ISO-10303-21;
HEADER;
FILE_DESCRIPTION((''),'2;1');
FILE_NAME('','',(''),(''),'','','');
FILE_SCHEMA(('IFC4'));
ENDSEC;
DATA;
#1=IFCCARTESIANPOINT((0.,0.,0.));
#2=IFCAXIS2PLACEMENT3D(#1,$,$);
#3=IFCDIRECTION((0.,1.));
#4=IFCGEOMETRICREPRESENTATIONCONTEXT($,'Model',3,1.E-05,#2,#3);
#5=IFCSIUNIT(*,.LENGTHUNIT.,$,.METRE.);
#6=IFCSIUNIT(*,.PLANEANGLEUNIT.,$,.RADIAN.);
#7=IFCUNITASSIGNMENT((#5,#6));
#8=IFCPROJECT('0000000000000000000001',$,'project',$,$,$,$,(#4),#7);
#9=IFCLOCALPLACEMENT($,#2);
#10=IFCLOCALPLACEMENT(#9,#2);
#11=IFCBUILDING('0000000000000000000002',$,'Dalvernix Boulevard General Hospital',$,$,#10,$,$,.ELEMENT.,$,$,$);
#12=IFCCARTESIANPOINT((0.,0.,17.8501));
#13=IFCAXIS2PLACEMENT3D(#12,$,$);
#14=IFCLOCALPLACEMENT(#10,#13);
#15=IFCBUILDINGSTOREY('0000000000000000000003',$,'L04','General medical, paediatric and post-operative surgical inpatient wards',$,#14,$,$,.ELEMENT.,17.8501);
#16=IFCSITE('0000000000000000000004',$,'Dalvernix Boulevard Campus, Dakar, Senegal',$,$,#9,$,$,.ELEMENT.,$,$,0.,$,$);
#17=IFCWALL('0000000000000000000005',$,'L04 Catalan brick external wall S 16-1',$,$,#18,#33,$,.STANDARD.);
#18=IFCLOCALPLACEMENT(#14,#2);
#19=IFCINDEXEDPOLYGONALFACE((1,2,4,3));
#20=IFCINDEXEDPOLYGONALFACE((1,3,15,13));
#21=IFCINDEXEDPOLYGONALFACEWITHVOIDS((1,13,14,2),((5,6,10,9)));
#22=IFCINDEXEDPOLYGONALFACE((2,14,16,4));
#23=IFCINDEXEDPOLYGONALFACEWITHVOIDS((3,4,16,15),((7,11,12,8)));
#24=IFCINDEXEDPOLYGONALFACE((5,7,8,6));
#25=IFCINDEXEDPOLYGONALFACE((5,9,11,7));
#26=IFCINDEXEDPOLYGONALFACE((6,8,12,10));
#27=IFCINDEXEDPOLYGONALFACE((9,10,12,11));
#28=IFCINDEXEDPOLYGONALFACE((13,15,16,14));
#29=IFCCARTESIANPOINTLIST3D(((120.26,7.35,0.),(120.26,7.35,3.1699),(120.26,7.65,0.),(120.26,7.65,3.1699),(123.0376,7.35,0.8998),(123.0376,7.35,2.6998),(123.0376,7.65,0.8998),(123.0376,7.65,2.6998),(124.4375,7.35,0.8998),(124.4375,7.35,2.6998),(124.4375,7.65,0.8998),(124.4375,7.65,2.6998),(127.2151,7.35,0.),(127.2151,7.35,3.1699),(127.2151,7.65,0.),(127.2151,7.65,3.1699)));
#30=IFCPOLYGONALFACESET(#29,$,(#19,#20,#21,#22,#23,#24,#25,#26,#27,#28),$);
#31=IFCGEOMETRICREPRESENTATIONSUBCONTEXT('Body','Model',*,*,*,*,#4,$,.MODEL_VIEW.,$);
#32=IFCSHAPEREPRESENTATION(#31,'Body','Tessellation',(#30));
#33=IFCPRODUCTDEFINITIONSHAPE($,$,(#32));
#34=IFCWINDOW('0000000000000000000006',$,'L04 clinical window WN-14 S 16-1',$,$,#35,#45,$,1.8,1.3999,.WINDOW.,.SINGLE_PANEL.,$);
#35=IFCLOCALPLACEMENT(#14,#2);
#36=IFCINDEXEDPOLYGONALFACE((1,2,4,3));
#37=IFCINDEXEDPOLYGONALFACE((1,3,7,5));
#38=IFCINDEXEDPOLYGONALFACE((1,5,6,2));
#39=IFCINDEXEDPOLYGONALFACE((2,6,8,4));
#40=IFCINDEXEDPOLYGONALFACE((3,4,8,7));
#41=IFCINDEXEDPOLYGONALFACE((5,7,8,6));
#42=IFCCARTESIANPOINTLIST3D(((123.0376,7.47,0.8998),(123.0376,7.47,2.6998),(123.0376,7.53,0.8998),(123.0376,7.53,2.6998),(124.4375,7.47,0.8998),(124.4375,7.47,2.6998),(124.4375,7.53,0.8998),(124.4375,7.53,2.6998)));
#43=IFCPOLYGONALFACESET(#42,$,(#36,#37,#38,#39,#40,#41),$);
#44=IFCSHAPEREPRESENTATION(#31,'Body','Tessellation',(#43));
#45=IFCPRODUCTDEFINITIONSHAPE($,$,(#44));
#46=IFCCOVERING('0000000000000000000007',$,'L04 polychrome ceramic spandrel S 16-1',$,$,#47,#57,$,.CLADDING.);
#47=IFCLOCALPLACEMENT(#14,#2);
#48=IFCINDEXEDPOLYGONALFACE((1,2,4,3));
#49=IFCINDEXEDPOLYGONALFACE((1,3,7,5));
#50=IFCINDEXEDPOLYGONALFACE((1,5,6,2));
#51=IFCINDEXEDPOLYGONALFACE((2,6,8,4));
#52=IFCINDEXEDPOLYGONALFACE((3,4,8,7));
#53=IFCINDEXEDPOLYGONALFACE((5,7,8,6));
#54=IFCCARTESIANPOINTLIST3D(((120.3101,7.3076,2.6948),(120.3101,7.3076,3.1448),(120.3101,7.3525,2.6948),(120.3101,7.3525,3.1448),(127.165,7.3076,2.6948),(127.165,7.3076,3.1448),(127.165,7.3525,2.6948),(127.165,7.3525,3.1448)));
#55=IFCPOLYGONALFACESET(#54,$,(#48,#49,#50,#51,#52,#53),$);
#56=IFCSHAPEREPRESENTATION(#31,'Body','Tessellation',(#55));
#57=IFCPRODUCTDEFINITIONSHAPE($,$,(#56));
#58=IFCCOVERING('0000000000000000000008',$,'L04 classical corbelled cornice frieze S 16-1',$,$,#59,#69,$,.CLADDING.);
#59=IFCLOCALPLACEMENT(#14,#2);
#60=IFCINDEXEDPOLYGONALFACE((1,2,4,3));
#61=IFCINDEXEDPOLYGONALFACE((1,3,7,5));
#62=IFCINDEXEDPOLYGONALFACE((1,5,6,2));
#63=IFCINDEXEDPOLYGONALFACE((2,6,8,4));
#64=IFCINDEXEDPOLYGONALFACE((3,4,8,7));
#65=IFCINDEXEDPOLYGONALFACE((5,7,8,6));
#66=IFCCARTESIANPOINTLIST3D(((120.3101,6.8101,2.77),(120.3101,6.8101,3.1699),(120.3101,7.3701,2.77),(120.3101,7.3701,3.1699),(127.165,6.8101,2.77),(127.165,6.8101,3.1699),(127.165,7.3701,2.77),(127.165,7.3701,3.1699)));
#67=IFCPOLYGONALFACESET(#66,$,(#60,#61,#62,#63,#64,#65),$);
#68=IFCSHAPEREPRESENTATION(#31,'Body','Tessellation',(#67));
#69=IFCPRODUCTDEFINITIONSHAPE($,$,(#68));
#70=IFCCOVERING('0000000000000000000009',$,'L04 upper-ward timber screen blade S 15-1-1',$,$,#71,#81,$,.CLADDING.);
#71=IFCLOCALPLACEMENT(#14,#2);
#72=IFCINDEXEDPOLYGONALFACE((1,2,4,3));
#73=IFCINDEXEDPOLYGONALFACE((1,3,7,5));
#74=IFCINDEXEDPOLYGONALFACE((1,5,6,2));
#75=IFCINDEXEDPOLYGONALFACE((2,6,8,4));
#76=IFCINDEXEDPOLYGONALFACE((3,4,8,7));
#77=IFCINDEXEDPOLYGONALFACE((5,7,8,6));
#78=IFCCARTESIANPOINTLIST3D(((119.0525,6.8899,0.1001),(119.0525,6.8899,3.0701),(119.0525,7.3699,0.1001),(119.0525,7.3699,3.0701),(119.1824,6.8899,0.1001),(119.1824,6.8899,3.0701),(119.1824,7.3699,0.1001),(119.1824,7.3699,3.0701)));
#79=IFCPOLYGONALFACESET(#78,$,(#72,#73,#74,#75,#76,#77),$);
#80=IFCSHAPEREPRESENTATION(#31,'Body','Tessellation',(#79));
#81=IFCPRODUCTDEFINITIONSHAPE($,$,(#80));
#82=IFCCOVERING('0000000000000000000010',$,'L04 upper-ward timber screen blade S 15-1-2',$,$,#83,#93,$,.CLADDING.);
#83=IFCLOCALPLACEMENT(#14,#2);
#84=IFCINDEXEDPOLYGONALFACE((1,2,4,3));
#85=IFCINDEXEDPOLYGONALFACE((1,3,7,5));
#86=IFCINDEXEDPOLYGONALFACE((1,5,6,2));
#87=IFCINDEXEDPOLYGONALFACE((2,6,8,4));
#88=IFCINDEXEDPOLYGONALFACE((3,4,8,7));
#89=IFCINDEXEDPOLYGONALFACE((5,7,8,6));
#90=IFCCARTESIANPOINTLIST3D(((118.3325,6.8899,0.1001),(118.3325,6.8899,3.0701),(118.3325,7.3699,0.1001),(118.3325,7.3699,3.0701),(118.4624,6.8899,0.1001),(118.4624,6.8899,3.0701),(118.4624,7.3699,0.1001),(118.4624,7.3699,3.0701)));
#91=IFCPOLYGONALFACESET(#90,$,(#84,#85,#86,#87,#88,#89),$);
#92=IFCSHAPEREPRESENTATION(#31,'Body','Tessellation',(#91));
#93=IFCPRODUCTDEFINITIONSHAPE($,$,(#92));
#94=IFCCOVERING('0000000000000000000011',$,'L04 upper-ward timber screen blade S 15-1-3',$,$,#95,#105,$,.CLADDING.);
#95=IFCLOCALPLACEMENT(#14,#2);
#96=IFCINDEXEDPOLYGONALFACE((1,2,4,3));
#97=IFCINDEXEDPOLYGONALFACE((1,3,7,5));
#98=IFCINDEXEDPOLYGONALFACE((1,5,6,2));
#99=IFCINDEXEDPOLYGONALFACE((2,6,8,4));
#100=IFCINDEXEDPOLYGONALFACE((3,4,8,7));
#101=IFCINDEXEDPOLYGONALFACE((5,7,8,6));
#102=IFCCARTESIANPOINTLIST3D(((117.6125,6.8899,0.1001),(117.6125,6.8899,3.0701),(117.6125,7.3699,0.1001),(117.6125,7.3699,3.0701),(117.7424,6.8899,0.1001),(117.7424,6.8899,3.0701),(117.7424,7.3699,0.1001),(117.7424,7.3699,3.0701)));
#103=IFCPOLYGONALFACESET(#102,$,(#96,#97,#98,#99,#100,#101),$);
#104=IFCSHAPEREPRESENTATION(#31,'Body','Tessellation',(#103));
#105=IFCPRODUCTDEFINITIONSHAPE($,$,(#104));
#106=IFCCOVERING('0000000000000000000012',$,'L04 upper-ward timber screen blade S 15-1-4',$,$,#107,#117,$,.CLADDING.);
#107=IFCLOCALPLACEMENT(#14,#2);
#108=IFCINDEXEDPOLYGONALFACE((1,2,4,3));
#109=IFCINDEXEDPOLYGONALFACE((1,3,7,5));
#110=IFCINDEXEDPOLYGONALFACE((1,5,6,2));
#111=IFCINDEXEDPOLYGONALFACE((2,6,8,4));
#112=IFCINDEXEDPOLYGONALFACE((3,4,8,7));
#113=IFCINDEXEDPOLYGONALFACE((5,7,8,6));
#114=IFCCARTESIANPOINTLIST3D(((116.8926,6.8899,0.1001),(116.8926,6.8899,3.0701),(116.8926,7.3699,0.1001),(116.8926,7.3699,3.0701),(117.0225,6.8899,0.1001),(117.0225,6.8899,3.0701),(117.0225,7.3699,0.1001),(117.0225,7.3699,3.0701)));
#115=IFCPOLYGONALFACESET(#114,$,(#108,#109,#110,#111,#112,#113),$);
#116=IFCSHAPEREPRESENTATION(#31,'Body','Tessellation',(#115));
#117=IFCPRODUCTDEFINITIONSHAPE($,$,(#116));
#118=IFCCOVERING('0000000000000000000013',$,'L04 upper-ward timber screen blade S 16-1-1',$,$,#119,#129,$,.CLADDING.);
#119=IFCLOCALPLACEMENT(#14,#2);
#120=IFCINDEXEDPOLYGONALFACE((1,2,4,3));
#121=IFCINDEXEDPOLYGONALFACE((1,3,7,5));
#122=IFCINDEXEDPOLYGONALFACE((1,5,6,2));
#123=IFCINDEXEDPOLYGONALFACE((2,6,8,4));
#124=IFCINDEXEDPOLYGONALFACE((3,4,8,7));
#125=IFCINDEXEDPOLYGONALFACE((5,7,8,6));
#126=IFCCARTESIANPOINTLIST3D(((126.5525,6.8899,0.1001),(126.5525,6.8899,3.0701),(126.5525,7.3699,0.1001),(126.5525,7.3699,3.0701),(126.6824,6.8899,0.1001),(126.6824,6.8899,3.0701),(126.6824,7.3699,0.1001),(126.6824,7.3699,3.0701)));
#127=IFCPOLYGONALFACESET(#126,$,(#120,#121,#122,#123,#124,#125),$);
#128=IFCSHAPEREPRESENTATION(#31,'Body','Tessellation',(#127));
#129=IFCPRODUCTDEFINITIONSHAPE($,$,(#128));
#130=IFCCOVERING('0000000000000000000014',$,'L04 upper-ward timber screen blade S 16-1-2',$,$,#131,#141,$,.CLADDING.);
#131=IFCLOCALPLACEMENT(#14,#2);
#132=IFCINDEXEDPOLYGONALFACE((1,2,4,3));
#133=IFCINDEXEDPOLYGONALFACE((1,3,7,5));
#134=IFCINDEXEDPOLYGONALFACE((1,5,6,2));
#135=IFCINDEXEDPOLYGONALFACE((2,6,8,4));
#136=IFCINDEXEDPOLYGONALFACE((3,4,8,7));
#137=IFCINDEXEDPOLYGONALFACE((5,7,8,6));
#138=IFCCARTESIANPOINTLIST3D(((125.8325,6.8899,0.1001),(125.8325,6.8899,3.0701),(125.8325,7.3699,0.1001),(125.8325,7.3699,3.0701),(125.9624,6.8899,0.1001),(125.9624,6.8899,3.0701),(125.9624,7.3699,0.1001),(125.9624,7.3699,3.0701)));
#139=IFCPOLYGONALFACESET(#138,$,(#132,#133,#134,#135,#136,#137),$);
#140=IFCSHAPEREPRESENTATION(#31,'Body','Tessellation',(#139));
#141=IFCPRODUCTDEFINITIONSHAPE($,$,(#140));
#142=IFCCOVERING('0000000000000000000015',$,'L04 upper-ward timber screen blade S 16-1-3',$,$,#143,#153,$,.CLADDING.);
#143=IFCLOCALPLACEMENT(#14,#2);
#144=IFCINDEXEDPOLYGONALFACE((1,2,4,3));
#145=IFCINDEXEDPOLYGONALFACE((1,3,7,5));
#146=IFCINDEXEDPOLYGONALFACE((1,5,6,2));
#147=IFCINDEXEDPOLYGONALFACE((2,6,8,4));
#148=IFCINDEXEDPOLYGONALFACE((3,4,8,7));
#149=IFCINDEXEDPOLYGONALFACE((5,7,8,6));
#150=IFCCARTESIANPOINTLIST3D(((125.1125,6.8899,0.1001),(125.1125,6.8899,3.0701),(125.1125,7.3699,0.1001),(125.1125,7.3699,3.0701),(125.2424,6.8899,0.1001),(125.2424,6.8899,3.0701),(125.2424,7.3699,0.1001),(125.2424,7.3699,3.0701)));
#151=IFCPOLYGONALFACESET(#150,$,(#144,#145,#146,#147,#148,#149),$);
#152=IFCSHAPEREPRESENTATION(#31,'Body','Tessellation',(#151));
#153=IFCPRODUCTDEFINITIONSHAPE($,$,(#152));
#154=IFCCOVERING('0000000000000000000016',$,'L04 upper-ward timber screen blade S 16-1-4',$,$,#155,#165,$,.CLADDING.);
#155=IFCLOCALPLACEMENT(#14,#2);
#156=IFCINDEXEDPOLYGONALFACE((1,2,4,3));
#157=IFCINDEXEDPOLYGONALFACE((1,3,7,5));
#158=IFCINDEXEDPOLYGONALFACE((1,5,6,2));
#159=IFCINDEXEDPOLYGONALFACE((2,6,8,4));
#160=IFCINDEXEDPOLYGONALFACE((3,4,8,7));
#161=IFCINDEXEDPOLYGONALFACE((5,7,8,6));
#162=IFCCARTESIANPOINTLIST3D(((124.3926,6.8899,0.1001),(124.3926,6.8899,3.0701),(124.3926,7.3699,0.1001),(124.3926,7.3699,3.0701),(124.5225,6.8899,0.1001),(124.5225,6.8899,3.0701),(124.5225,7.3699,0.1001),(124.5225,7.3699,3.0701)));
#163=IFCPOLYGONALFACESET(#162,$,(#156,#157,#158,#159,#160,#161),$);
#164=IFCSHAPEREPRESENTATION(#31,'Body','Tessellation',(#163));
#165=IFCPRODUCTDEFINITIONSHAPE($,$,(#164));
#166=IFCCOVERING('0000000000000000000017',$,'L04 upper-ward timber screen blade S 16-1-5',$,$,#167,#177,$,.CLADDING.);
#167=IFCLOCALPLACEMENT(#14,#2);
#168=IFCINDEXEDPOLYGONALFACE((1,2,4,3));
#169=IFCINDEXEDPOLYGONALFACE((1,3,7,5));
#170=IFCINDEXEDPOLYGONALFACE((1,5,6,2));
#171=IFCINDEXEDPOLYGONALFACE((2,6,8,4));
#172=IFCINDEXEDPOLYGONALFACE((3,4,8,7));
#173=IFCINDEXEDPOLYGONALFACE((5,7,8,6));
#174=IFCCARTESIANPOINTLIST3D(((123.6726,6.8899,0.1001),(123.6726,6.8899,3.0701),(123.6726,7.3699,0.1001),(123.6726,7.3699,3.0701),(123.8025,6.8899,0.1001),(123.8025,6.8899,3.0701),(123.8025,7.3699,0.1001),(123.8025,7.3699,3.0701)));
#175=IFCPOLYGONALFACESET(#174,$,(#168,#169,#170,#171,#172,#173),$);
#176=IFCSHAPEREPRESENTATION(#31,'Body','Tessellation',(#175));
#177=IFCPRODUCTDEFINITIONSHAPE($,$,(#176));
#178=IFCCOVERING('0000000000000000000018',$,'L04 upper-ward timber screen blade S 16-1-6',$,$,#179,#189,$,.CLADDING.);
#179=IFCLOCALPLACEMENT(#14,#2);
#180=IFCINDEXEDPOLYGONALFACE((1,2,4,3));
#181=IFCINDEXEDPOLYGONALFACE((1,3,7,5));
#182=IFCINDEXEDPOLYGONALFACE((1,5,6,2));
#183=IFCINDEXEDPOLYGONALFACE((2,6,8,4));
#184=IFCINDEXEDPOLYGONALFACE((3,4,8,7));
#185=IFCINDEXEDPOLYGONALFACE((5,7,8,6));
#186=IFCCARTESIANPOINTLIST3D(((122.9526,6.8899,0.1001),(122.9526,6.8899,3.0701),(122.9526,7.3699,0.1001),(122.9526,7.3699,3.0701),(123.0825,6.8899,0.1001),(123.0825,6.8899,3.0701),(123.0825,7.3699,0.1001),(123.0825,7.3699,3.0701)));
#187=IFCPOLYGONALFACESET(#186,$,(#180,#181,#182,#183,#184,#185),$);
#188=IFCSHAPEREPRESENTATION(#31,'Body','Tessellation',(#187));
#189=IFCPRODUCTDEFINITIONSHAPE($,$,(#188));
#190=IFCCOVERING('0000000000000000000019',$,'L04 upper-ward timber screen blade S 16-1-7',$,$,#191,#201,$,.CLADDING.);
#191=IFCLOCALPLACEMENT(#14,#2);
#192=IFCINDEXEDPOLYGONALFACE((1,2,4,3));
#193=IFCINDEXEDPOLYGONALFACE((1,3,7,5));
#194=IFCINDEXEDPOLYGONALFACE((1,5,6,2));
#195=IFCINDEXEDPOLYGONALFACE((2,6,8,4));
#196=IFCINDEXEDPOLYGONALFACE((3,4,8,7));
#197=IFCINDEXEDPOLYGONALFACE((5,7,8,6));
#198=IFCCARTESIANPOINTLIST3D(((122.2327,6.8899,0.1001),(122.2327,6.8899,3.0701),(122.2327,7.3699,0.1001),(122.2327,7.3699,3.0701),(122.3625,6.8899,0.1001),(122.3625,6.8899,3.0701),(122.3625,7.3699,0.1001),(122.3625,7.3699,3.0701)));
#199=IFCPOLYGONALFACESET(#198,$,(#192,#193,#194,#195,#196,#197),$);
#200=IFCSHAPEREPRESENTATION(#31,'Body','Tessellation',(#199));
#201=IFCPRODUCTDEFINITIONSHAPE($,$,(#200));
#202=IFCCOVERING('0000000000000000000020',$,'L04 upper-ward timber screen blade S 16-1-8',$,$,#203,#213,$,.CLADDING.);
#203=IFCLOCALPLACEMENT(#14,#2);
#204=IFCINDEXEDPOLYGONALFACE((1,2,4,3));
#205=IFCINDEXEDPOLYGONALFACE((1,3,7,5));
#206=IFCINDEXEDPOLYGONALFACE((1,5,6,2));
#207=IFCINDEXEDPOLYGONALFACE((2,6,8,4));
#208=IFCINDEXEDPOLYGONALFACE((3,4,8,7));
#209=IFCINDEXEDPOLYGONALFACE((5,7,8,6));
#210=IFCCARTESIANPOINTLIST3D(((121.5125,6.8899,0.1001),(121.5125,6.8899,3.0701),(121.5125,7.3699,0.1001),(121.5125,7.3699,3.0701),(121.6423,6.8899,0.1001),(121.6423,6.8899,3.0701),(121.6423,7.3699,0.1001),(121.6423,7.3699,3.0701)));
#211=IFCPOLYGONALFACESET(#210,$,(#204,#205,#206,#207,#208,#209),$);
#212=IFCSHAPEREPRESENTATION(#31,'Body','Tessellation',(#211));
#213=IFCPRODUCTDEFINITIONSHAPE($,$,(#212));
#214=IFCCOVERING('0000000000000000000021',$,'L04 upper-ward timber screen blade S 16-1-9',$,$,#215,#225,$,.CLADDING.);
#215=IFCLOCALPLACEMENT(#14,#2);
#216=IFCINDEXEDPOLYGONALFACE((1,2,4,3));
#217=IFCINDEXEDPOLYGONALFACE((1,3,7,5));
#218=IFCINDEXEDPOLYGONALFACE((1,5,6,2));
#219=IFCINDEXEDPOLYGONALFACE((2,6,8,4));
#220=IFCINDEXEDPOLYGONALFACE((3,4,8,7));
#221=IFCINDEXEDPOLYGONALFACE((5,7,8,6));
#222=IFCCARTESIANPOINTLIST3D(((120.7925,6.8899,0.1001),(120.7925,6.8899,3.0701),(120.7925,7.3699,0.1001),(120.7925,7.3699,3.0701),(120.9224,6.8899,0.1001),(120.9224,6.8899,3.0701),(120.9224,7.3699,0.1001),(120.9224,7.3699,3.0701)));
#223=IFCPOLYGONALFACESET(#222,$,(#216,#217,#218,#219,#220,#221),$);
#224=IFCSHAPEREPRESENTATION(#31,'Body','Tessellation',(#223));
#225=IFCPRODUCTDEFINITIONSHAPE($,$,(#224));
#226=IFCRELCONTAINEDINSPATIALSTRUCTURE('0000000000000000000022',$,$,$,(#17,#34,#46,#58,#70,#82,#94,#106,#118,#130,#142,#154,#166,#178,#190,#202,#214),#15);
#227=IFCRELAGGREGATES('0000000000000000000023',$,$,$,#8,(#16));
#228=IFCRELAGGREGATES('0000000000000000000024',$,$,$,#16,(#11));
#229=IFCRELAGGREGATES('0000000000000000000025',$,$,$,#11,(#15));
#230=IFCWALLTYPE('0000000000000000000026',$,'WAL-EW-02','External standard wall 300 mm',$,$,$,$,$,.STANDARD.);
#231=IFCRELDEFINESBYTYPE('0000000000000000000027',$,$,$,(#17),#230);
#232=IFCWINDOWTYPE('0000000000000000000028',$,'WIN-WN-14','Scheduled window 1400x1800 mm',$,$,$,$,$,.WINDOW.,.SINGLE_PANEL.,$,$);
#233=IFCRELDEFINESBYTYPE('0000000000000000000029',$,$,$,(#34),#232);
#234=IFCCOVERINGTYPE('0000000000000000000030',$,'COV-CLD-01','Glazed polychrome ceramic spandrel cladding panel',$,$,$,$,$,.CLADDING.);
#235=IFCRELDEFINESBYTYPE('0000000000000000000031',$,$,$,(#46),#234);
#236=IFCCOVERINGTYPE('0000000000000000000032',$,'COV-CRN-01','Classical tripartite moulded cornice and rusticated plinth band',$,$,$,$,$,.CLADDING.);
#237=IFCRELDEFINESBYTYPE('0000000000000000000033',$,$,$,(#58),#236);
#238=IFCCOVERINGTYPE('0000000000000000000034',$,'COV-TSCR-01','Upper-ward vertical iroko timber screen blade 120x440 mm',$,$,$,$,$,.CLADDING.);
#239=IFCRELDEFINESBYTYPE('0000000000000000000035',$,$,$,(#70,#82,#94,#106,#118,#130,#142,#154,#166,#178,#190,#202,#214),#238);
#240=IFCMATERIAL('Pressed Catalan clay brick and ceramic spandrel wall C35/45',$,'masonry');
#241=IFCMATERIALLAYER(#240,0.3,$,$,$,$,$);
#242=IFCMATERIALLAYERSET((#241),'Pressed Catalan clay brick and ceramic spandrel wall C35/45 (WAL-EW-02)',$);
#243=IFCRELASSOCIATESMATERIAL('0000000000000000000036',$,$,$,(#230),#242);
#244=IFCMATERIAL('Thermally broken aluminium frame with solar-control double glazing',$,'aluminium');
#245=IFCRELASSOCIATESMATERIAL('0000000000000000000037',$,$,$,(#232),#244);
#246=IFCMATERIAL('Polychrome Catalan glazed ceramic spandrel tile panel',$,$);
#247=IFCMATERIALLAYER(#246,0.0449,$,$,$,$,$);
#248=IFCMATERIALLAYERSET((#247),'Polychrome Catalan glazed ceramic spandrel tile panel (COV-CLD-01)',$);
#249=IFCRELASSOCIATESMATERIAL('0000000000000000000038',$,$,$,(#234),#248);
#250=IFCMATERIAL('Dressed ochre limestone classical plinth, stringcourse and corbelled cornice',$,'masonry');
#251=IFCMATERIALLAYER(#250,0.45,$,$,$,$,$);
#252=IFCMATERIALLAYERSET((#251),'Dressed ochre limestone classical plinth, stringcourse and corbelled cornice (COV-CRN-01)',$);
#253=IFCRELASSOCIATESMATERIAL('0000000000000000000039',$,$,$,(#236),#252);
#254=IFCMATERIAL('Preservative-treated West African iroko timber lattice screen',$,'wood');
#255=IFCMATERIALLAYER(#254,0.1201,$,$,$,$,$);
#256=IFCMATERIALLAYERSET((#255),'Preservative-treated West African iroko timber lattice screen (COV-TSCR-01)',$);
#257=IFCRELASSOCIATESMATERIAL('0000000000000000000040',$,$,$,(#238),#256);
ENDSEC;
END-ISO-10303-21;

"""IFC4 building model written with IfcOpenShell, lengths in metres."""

from ifc_helpers import new_model, si_unit, direction, frame, frame_2d, origin, origin_2d, place, context, subcontext, project, spatial, rectangle, extrude, material, layer, layer_set, type_object, element, fill, save


model = new_model("IFC4")

# Units and contexts
model_context = context("Model", 3, precision=1e-05, world=origin(), true_north=direction((0.0, 1.0)))
body_context = subcontext(model_context, "Body", "Model", "MODEL_VIEW")
ifc_project = project(units=[si_unit("LENGTHUNIT", "METRE"), si_unit("PLANEANGLEUNIT", "RADIAN")], contexts=[model_context])

# Site, building, storey
site_placement = place(None, origin())
site = spatial("IfcSite", under=ifc_project, at=site_placement, Name="Dalvernix Boulevard Campus, Dakar, Senegal", CompositionType="ELEMENT", RefElevation=0.0)
building_placement = place(site_placement, origin())
building = spatial("IfcBuilding", under=site, at=building_placement, Name="Dalvernix Boulevard General Hospital", CompositionType="ELEMENT")
storey_placement = place(building_placement, frame((0.0, 0.0, 17.8501)))
storey = spatial("IfcBuildingStorey", under=building, at=storey_placement, Name="L04", Description="General medical, paediatric and post-operative surgical inpatient wards", CompositionType="ELEMENT", Elevation=17.8501)

# Wall, opening, window
ifc_material_1 = material(Name="Pressed Catalan clay brick and ceramic spandrel wall C35/45", Category="masonry")
ifc_layer_1 = layer(ifc_material_1, 0.3)
ifc_layer_set_1 = layer_set([ifc_layer_1], Name="Pressed Catalan clay brick and ceramic spandrel wall C35/45 (WAL-EW-02)")
wall_type_1 = type_object("IfcWallType", Name="WAL-EW-02", Description="External standard wall 300 mm", PredefinedType="STANDARD", material=ifc_layer_set_1)
ifc_material_2 = material(Name="Thermally broken aluminium frame with solar-control double glazing", Category="aluminium")
wall_1_placement = place(storey_placement, frame((127.2151, 7.5, 0.0), z_axis=(0.0, 0.0, 1.0), x_axis=(-1.0, 0.0, 0.0)))
wall_1 = element("IfcWall", 1, at=wall_1_placement, inside=storey, type_object=wall_type_1, Name="L04 Catalan brick external wall S 16-1", PredefinedType="STANDARD", context=body_context, shape_type="SweptSolid", body=[
    extrude(rectangle(XDim=6.9551, YDim=0.3, at=frame_2d((3.4775, 0.0))), origin(), (0.0, 0.0, 1.0), 3.1699),
])
opening_1_placement = place(wall_1_placement, frame((2.7776, 0.0, 0.8999)))
opening_1 = element("IfcOpeningElement", 2, at=opening_1_placement, cuts=wall_1, PredefinedType="OPENING", context=body_context, shape_type="SweptSolid", body=[
    extrude(rectangle(XDim=1.3999, YDim=1.8, at=frame_2d((0.7, 0.8999))), frame((0.0, 0.1599, 0.0), z_axis=(0.0, -1.0, 0.0), x_axis=(1.0, 0.0, 0.0)), (0.0, 0.0, 1.0), 0.3201),
])
window_type_1 = type_object("IfcWindowType", Name="WIN-WN-14", Description="Scheduled window 1400x1800 mm", PartitioningType="SINGLE_PANEL", PredefinedType="WINDOW", material=ifc_material_2)
window_1_placement = place(opening_1_placement, origin())
window_1 = element("IfcWindow", 3, at=window_1_placement, inside=storey, type_object=window_type_1, Name="L04 clinical window WN-14 S 16-1", OverallHeight=1.8, OverallWidth=1.3999, PartitioningType="SINGLE_PANEL", PredefinedType="WINDOW", context=body_context, shape_type="SweptSolid", body=[
    extrude(rectangle(XDim=1.3999, YDim=1.8, at=frame_2d((0.7, 0.8999))), frame((0.0, 0.03, 0.0), z_axis=(0.0, -1.0, 0.0), x_axis=(1.0, 0.0, 0.0)), (0.0, 0.0, 1.0), 0.0601),
])
fill(opening_1, window_1)

# Coverings
ifc_material_3 = material(Name="Polychrome Catalan glazed ceramic spandrel tile panel")
ifc_layer_2 = layer(ifc_material_3, 0.0449)
ifc_layer_set_2 = layer_set([ifc_layer_2], Name="Polychrome Catalan glazed ceramic spandrel tile panel (COV-CLD-01)")
covering_type_1 = type_object("IfcCoveringType", Name="COV-CLD-01", Description="Glazed polychrome ceramic spandrel cladding panel", PredefinedType="CLADDING", material=ifc_layer_set_2)
covering_1_placement = place(storey_placement, frame((123.7375, 7.3301, 2.6948), z_axis=(0.0, 0.0, 1.0), x_axis=(-1.0, 0.0, 0.0)))
element("IfcCovering", 4, at=covering_1_placement, inside=storey, type_object=covering_type_1, Name="L04 polychrome ceramic spandrel S 16-1", PredefinedType="CLADDING", context=body_context, shape_type="SweptSolid", body=[
    extrude(rectangle(XDim=6.855, YDim=0.0449, at=origin_2d()), origin(), (0.0, 0.0, 1.0), 0.45),
])
ifc_material_4 = material(Name="Dressed ochre limestone classical plinth, stringcourse and corbelled cornice", Category="masonry")
ifc_layer_3 = layer(ifc_material_4, 0.45)
ifc_layer_set_3 = layer_set([ifc_layer_3], Name="Dressed ochre limestone classical plinth, stringcourse and corbelled cornice (COV-CRN-01)")
covering_type_2 = type_object("IfcCoveringType", Name="COV-CRN-01", Description="Classical tripartite moulded cornice and rusticated plinth band", PredefinedType="CLADDING", material=ifc_layer_set_3)
covering_2_placement = place(storey_placement, frame((123.7375, 7.0901, 2.77), z_axis=(0.0, 0.0, 1.0), x_axis=(-1.0, 0.0, 0.0)))
element("IfcCovering", 5, at=covering_2_placement, inside=storey, type_object=covering_type_2, Name="L04 classical corbelled cornice frieze S 16-1", PredefinedType="CLADDING", context=body_context, shape_type="SweptSolid", body=[
    extrude(rectangle(XDim=6.855, YDim=0.5601, at=origin_2d()), origin(), (0.0, 0.0, 1.0), 0.3999),
])
ifc_material_5 = material(Name="Preservative-treated West African iroko timber lattice screen", Category="wood")
ifc_layer_4 = layer(ifc_material_5, 0.1201)
ifc_layer_set_4 = layer_set([ifc_layer_4], Name="Preservative-treated West African iroko timber lattice screen (COV-TSCR-01)")
covering_type_3 = type_object("IfcCoveringType", Name="COV-TSCR-01", Description="Upper-ward vertical iroko timber screen blade 120x440 mm", PredefinedType="CLADDING", material=ifc_layer_set_4)
for number, where, z_axis, x_axis, name in (
    (6, (119.1174, 7.1299, 0.1001), (0.0, 0.0, 1.0), (-1.0, 0.0, 0.0), "L04 upper-ward timber screen blade S 15-1-1"),
    (7, (118.3975, 7.1299, 0.1001), (0.0, 0.0, 1.0), (-1.0, 0.0, 0.0), "L04 upper-ward timber screen blade S 15-1-2"),
    (8, (117.6775, 7.1299, 0.1001), (0.0, 0.0, 1.0), (-1.0, 0.0, 0.0), "L04 upper-ward timber screen blade S 15-1-3"),
    (9, (116.9575, 7.1299, 0.1001), (0.0, 0.0, 1.0), (-1.0, 0.0, 0.0), "L04 upper-ward timber screen blade S 15-1-4"),
    (10, (126.6174, 7.1299, 0.1001), (0.0, 0.0, 1.0), (-1.0, 0.0, 0.0), "L04 upper-ward timber screen blade S 16-1-1"),
    (11, (125.8975, 7.1299, 0.1001), (0.0, 0.0, 1.0), (-1.0, 0.0, 0.0), "L04 upper-ward timber screen blade S 16-1-2"),
    (12, (125.1775, 7.1299, 0.1001), (0.0, 0.0, 1.0), (-1.0, 0.0, 0.0), "L04 upper-ward timber screen blade S 16-1-3"),
    (13, (124.4575, 7.1299, 0.1001), (0.0, 0.0, 1.0), (-1.0, 0.0, 0.0), "L04 upper-ward timber screen blade S 16-1-4"),
    (14, (123.7375, 7.1299, 0.1001), (0.0, 0.0, 1.0), (-1.0, 0.0, 0.0), "L04 upper-ward timber screen blade S 16-1-5"),
    (15, (123.0176, 7.1299, 0.1001), (0.0, 0.0, 1.0), (-1.0, 0.0, 0.0), "L04 upper-ward timber screen blade S 16-1-6"),
    (16, (122.2976, 7.1299, 0.1001), (0.0, 0.0, 1.0), (-1.0, 0.0, 0.0), "L04 upper-ward timber screen blade S 16-1-7"),
    (17, (121.5774, 7.1299, 0.1001), (0.0, 0.0, 1.0), (-1.0, 0.0, 0.0), "L04 upper-ward timber screen blade S 16-1-8"),
    (18, (120.8574, 7.1299, 0.1001), (0.0, 0.0, 1.0), (-1.0, 0.0, 0.0), "L04 upper-ward timber screen blade S 16-1-9"),
):
    element("IfcCovering", number, at=place(storey_placement, frame(where, z_axis=z_axis, x_axis=x_axis)), inside=storey, type_object=covering_type_3, Name=name, PredefinedType="CLADDING", context=body_context, shape_type="SweptSolid", body=[
        extrude(rectangle(XDim=0.1299, YDim=0.48, at=origin_2d()), origin(), (0.0, 0.0, 1.0), 2.97),
    ])

save(model, "model.ifc")
